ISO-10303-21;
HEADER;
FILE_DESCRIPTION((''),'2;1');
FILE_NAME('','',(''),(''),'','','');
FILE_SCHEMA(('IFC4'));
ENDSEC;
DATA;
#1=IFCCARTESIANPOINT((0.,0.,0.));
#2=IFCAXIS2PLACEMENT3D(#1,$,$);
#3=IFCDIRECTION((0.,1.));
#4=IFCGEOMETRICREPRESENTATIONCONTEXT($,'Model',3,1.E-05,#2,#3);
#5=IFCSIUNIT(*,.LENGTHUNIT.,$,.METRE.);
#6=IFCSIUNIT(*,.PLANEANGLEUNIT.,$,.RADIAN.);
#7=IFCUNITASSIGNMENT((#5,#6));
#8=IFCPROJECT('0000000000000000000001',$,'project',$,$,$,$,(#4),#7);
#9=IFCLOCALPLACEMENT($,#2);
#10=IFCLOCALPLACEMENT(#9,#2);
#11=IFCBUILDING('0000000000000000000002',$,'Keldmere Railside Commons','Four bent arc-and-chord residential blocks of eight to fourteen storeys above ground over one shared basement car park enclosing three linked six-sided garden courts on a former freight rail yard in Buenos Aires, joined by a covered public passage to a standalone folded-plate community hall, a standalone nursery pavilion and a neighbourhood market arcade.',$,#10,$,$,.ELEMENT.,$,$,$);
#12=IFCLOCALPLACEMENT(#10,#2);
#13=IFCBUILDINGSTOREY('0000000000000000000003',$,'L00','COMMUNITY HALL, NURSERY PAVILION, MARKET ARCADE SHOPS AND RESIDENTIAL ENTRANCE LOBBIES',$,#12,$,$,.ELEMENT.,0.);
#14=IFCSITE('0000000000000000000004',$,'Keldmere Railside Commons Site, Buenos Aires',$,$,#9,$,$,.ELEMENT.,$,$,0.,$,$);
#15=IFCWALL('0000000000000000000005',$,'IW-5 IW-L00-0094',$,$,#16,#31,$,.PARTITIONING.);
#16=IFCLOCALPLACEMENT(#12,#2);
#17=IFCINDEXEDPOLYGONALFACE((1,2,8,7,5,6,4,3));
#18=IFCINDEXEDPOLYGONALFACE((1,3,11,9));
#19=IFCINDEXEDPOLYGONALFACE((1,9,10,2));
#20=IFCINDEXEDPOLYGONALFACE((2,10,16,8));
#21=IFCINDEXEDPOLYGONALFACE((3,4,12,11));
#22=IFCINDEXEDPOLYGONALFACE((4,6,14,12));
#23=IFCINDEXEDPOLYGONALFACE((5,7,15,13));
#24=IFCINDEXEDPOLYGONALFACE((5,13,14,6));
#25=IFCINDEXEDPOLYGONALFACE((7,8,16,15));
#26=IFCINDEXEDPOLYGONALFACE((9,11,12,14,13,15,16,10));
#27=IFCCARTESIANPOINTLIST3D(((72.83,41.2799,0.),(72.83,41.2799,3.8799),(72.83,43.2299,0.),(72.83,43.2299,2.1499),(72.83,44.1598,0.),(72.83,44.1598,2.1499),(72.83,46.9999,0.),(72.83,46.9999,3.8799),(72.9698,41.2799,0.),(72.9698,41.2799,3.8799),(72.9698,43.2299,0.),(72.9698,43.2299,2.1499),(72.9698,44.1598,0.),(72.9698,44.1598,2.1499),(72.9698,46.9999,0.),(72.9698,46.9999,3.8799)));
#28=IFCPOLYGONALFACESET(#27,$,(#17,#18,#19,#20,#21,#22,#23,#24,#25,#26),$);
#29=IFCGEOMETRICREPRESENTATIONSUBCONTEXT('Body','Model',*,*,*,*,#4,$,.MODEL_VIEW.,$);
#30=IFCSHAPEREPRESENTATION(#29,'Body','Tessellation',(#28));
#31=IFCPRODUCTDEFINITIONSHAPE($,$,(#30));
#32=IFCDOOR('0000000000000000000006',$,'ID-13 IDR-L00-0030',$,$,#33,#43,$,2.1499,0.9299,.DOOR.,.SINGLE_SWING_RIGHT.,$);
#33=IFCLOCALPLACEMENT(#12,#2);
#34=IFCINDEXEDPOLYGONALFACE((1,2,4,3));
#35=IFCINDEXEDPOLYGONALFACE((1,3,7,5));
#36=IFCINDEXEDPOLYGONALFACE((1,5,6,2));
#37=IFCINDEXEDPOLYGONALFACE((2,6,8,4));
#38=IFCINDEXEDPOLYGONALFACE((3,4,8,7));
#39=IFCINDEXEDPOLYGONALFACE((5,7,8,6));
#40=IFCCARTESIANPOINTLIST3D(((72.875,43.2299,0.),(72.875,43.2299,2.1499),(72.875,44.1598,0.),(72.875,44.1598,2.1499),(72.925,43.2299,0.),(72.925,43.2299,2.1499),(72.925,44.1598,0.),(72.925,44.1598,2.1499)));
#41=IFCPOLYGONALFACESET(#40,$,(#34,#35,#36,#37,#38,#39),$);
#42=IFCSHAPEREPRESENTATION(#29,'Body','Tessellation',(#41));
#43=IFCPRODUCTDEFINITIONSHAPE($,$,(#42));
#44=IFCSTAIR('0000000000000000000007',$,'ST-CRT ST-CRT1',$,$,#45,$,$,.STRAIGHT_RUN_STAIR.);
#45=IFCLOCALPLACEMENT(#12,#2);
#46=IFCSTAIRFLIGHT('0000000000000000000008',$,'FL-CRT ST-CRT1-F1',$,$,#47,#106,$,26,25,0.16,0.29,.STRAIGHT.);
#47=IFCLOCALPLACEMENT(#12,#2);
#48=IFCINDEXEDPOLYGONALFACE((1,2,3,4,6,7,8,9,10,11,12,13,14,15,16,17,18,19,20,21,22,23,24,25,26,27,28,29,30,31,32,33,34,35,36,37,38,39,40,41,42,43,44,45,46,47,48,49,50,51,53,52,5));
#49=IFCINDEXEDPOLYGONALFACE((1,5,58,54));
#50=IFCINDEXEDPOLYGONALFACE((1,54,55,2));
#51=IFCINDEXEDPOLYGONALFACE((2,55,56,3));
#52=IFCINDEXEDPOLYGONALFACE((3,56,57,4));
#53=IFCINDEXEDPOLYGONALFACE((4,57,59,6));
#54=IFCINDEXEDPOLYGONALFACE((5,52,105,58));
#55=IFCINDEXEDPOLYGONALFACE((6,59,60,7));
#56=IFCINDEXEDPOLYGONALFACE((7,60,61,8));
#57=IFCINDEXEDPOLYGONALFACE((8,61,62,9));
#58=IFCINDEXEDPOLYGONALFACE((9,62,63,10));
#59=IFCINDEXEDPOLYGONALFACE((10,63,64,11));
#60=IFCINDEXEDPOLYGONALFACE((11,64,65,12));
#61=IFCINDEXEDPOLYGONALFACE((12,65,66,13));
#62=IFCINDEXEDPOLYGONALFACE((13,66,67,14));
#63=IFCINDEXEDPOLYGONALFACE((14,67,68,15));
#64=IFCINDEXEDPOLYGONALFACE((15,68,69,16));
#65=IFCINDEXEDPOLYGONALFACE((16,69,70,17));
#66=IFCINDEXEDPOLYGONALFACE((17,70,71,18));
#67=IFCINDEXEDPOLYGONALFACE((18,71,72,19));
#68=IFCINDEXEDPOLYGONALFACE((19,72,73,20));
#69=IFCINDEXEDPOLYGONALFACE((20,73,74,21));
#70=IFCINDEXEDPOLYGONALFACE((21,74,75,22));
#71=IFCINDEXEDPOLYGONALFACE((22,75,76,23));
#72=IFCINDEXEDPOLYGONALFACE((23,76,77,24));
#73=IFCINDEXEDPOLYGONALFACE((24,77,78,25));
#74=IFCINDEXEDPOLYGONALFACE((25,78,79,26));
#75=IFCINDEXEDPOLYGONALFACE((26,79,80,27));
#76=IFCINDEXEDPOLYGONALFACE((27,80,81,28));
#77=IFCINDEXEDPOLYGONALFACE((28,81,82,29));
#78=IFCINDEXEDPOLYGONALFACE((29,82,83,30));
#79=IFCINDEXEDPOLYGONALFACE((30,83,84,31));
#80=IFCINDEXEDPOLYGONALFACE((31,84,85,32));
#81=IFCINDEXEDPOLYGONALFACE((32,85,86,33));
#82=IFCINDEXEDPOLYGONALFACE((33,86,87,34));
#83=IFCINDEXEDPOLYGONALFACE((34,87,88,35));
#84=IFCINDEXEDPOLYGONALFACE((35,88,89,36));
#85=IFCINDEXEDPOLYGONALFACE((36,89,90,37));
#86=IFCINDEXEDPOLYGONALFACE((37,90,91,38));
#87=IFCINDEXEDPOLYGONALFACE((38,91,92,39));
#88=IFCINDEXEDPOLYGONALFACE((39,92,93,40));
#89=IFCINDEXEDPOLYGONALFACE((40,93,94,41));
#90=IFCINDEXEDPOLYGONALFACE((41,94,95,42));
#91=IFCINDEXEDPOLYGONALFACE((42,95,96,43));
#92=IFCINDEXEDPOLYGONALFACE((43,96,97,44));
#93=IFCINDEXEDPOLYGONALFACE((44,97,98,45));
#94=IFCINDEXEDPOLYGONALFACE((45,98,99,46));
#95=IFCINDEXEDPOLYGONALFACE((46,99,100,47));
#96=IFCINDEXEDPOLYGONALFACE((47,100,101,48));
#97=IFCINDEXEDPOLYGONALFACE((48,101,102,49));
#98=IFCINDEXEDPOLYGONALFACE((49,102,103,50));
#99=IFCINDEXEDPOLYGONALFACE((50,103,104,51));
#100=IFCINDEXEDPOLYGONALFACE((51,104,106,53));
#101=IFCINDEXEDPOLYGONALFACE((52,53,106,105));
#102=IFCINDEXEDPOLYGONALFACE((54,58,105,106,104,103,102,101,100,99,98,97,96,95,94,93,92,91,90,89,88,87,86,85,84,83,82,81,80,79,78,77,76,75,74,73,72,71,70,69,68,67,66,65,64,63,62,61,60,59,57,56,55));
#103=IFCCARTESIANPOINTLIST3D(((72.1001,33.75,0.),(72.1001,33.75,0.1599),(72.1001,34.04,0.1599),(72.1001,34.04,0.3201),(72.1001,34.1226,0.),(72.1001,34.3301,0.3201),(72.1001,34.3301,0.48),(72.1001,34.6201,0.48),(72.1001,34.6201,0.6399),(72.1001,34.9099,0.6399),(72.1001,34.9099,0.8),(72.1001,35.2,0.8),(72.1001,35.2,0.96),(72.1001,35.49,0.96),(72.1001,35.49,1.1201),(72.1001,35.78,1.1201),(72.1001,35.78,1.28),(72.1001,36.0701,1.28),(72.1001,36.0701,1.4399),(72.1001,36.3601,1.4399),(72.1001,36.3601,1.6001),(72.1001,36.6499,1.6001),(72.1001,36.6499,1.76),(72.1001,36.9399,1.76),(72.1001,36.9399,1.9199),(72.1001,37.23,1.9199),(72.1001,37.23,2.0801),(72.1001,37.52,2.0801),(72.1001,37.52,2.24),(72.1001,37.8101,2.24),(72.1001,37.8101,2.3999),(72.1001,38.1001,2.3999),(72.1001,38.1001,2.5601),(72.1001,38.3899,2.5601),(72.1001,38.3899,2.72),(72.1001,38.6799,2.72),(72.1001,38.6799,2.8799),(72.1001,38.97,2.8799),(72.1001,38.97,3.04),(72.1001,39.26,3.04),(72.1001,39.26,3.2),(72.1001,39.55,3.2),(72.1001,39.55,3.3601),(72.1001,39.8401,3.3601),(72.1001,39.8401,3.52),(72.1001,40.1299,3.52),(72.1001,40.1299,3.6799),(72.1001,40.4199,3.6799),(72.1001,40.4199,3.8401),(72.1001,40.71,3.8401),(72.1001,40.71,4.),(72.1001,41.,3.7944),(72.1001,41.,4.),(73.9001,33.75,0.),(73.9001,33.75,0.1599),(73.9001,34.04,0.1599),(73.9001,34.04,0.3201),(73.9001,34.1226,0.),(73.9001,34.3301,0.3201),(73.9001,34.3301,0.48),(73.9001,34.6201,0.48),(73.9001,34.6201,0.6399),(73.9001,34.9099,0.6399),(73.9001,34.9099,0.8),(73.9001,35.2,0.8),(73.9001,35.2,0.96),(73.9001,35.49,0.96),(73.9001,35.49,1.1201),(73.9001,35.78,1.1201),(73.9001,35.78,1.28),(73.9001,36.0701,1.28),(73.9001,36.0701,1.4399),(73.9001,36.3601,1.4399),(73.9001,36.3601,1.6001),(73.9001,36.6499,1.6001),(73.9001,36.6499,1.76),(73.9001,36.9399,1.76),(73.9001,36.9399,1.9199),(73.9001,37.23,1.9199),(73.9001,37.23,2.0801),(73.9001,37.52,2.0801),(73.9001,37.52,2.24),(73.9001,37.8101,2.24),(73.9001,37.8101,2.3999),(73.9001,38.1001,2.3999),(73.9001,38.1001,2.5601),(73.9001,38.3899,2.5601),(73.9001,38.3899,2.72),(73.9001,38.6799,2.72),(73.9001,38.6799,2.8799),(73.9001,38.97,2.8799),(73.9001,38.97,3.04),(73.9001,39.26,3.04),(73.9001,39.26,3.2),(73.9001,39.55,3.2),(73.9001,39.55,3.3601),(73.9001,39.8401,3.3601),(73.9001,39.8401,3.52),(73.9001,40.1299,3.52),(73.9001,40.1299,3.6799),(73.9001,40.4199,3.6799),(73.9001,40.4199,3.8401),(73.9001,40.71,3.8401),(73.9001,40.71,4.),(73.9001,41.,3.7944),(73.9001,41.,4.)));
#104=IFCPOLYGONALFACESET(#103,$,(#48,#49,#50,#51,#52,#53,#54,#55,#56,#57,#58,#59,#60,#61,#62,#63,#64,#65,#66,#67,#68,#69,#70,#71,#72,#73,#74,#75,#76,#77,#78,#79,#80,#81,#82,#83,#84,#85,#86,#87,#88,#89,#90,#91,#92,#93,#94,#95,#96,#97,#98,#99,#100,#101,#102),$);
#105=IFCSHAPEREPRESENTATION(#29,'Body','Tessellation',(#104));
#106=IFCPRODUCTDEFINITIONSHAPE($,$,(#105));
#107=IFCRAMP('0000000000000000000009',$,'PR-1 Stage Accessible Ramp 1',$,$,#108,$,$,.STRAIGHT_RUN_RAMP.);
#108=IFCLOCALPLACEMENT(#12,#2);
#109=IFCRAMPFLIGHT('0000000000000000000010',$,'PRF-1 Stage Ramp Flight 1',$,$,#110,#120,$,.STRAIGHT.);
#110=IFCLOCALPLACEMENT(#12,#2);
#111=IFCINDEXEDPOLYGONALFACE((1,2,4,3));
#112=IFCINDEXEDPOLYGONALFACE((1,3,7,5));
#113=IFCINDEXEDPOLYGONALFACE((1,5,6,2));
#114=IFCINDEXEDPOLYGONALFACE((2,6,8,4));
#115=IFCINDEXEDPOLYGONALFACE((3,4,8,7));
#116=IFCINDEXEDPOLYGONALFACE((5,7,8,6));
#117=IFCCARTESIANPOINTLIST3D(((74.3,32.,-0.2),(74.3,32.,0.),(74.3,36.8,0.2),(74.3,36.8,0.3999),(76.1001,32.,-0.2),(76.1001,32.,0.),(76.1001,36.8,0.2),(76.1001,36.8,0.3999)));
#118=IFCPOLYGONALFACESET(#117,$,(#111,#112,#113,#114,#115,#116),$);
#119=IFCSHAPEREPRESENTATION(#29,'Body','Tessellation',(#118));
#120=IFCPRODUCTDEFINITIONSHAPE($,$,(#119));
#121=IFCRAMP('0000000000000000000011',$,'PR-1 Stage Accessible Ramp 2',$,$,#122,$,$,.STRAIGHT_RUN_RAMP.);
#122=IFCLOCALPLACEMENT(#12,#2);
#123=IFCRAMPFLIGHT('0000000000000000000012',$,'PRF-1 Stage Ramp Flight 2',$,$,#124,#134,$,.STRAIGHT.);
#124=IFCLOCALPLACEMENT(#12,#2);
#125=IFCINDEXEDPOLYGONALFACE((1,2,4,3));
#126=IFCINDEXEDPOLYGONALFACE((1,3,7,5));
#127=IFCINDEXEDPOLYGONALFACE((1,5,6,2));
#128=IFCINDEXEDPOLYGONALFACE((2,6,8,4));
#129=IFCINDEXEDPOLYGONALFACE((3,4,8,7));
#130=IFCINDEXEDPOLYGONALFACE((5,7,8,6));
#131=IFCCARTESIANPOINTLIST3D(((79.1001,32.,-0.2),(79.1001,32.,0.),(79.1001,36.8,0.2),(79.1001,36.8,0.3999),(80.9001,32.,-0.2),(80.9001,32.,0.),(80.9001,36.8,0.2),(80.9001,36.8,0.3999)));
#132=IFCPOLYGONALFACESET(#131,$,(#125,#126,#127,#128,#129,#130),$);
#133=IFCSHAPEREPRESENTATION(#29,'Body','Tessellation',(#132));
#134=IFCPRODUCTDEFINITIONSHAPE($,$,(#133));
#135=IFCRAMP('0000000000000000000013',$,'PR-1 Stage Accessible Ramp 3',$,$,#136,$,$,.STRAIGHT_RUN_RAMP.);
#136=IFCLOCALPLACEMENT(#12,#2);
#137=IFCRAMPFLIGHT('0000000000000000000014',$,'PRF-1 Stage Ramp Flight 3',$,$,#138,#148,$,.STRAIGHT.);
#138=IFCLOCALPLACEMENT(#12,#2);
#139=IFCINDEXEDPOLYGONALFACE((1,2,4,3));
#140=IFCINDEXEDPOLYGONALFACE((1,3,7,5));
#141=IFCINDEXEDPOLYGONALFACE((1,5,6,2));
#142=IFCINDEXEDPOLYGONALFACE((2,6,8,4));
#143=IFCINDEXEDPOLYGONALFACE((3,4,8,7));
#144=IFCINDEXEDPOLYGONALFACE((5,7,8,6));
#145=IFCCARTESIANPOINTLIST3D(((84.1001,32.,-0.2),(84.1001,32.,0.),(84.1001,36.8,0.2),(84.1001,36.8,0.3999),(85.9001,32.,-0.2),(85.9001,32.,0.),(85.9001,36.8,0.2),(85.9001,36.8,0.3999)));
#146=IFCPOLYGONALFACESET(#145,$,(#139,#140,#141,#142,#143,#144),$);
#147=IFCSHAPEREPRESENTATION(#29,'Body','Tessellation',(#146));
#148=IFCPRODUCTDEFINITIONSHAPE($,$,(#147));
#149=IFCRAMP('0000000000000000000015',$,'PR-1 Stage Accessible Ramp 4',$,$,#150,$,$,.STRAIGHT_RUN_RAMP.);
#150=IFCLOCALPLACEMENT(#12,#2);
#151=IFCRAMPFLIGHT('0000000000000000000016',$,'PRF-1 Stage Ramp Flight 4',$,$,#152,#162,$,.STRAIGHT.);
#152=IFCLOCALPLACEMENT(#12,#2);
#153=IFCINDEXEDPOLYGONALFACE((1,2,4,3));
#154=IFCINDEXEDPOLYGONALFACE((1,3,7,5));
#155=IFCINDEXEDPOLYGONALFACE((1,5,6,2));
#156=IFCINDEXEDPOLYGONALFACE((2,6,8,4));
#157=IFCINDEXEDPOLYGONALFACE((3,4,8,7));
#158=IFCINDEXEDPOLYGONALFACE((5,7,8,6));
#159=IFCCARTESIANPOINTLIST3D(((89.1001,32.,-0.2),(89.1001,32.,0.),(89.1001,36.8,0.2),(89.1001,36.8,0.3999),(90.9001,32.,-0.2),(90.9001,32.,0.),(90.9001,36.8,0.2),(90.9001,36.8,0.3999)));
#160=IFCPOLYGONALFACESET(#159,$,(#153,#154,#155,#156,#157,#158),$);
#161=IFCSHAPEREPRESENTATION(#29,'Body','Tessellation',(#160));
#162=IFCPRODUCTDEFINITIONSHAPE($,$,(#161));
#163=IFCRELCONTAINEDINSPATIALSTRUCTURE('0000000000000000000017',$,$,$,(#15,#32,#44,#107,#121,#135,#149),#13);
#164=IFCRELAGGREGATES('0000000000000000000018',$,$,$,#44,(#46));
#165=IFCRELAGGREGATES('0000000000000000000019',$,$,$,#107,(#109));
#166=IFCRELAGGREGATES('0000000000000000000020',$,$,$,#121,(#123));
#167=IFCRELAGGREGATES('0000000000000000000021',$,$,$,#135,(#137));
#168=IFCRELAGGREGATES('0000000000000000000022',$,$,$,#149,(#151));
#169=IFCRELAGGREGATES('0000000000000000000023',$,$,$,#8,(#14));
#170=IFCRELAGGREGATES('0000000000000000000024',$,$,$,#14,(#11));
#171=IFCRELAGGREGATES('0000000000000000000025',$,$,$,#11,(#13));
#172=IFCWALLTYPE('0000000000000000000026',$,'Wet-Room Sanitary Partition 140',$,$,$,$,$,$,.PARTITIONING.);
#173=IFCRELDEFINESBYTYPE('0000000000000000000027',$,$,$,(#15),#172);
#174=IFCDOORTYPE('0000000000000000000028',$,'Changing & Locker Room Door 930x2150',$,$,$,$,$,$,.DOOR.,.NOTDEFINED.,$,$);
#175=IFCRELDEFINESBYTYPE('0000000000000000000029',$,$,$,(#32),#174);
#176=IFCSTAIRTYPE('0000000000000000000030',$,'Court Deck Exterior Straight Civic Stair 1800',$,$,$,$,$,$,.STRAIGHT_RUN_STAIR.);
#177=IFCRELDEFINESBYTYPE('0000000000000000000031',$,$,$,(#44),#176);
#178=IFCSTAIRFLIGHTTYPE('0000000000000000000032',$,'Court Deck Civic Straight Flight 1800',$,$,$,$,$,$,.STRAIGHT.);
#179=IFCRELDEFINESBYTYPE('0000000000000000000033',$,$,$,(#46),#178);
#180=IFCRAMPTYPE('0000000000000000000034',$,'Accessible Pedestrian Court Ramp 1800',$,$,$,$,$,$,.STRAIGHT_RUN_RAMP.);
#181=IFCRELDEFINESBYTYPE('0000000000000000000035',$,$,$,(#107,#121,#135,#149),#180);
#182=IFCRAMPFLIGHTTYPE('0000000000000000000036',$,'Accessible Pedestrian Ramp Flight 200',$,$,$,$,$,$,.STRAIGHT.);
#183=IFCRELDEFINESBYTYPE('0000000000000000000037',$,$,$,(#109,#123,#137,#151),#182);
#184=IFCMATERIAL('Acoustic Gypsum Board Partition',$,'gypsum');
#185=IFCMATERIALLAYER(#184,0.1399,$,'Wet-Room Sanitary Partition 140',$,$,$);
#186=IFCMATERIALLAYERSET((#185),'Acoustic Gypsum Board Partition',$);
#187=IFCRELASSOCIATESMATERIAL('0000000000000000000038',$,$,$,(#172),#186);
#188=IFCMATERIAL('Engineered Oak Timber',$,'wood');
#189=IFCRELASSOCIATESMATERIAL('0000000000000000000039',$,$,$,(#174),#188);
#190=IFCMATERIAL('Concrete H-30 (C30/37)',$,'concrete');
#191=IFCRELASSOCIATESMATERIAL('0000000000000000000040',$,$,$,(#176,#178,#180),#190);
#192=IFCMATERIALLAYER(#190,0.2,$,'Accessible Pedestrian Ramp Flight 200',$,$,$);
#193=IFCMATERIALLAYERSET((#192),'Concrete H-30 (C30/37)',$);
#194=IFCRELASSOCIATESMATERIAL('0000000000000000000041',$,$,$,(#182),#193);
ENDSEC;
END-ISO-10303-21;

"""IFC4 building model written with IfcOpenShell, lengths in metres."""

from ifc_helpers import new_model, si_unit, direction, frame, frame_2d, origin, place, context, subcontext, project, spatial, polyline, rectangle, outline, extrude, material, layer, layer_set, type_object, element, fill, aggregate, save


model = new_model("IFC4")

# Units and contexts
model_context = context("Model", 3, precision=1e-05, world=origin(), true_north=direction((0.0, 1.0)))
body_context = subcontext(model_context, "Body", "Model", "MODEL_VIEW")
ifc_project = project(units=[si_unit("LENGTHUNIT", "METRE"), si_unit("PLANEANGLEUNIT", "RADIAN")], contexts=[model_context])

# Site, building, storey
site_placement = place(None, origin())
site = spatial("IfcSite", under=ifc_project, at=site_placement, Name="Keldmere Railside Commons Site, Buenos Aires", CompositionType="ELEMENT", RefElevation=0.0)
building_placement = place(site_placement, origin())
building = spatial("IfcBuilding", under=site, at=building_placement, Name="Keldmere Railside Commons", Description="Four bent arc-and-chord residential blocks of eight to fourteen storeys above ground over one shared basement car park enclosing three linked six-sided garden courts on a former freight rail yard in Buenos Aires, joined by a covered public passage to a standalone folded-plate community hall, a standalone nursery pavilion and a neighbourhood market arcade.", CompositionType="ELEMENT")
storey_placement = place(building_placement, origin())
storey = spatial("IfcBuildingStorey", under=building, at=storey_placement, Name="L00", Description="COMMUNITY HALL, NURSERY PAVILION, MARKET ARCADE SHOPS AND RESIDENTIAL ENTRANCE LOBBIES", CompositionType="ELEMENT", Elevation=0.0)

# Wall, opening, door
ifc_material_1 = material(Name="Acoustic Gypsum Board Partition", Category="gypsum")
ifc_layer_1 = layer(ifc_material_1, 0.1399, Name="Wet-Room Sanitary Partition 140")
ifc_layer_set_1 = layer_set([ifc_layer_1], Name="Acoustic Gypsum Board Partition")
wall_type_1 = type_object("IfcWallType", Name="Wet-Room Sanitary Partition 140", PredefinedType="PARTITIONING", material=ifc_layer_set_1)
wall_1_placement = place(storey_placement, frame((72.8999, 41.28, 0.0), z_axis=(0.0, 0.0, 1.0), x_axis=(0.0, 1.0, 0.0)))
wall_1 = element("IfcWall", 1, at=wall_1_placement, inside=storey, type_object=wall_type_1, Name="IW-5 IW-L00-0094", PredefinedType="PARTITIONING", context=body_context, shape_type="SweptSolid", body=[
    extrude(rectangle(XDim=5.72, YDim=0.1399, at=frame_2d((2.8599, 0.0))), origin(), (0.0, 0.0, 1.0), 3.8799),
])
opening_placement = place(wall_1_placement, frame((1.95, 0.0, 0.0)))
opening = element("IfcOpeningElement", 2, at=opening_placement, cuts=wall_1, PredefinedType="OPENING", context=body_context, shape_type="SweptSolid", body=[
    extrude(rectangle(XDim=0.9299, YDim=2.1499, at=frame_2d((0.4648, 1.075))), frame((0.0, 0.0798, 0.0), z_axis=(0.0, -1.0, 0.0), x_axis=(1.0, 0.0, 0.0)), (0.0, 0.0, 1.0), 0.1599),
])
ifc_material_2 = material(Name="Engineered Oak Timber", Category="wood")
door_type = type_object("IfcDoorType", Name="Changing & Locker Room Door 930x2150", OperationType="NOTDEFINED", PredefinedType="DOOR", material=ifc_material_2)
door_placement = place(opening_placement, origin())
door = element("IfcDoor", 3, at=door_placement, inside=storey, type_object=door_type, Name="ID-13 IDR-L00-0030", OperationType="SINGLE_SWING_RIGHT", OverallHeight=2.1499, OverallWidth=0.9299, PredefinedType="DOOR", context=body_context, shape_type="SweptSolid", body=[
    extrude(rectangle(XDim=0.9299, YDim=2.1499, at=frame_2d((0.4648, 1.075))), frame((0.0, 0.0249, 0.0), z_axis=(0.0, -1.0, 0.0), x_axis=(1.0, 0.0, 0.0)), (0.0, 0.0, 1.0), 0.05),
])
fill(opening, door)

# Stair, stair flight
ifc_material_3 = material(Name="Concrete H-30 (C30/37)", Category="concrete")
stair_type = type_object("IfcStairType", Name="Court Deck Exterior Straight Civic Stair 1800", PredefinedType="STRAIGHT_RUN_STAIR", material=ifc_material_3)
stair_placement = place(storey_placement, origin())
stair = element("IfcStair", 4, at=stair_placement, inside=storey, type_object=stair_type, Name="ST-CRT ST-CRT1", PredefinedType="STRAIGHT_RUN_STAIR")
stair_flight_type = type_object("IfcStairFlightType", Name="Court Deck Civic Straight Flight 1800", PredefinedType="STRAIGHT", material=ifc_material_3)
stair_flight_placement = place(storey_placement, frame((73.0, 33.75, 0.0), z_axis=(0.0, 0.0, 1.0), x_axis=(0.0, 1.0, 0.0)))
stair_flight = element("IfcStairFlight", 5, at=stair_flight_placement, type_object=stair_flight_type, Name="FL-CRT ST-CRT1-F1", NumberOfRisers=26, NumberOfTreads=25, PredefinedType="STRAIGHT", RiserHeight=0.16, TreadLength=0.29, context=body_context, shape_type="SweptSolid", body=[
    extrude(outline(polyline([(0.0, 0.0), (0.0, 0.1599), (0.29, 0.1599), (0.29, 0.3201), (0.5801, 0.3201), (0.5801, 0.48), (0.8701, 0.48), (0.8701, 0.6399), (1.1599, 0.6399), (1.1599, 0.8), (1.45, 0.8), (1.45, 0.96), (1.74, 0.96), (1.74, 1.1201), (2.03, 1.1201), (2.03, 1.28), (2.3201, 1.28), (2.3201, 1.4399), (2.6101, 1.4399), (2.6101, 1.6001), (2.8999, 1.6001), (2.8999, 1.76), (3.1899, 1.76), (3.1899, 1.9199), (3.48, 1.9199), (3.48, 2.0801), (3.77, 2.0801), (3.77, 2.24), (4.0601, 2.24), (4.0601, 2.3999), (4.3501, 2.3999), (4.3501, 2.5601), (4.6399, 2.5601), (4.6399, 2.72), (4.9299, 2.72), (4.9299, 2.8799), (5.22, 2.8799), (5.22, 3.04), (5.51, 3.04), (5.51, 3.2), (5.8, 3.2), (5.8, 3.3601), (6.0901, 3.3601), (6.0901, 3.52), (6.3799, 3.52), (6.3799, 3.6799), (6.6699, 3.6799), (6.6699, 3.8401), (6.96, 3.8401), (6.96, 4.0), (7.25, 4.0), (7.25, 4.1599), (7.25, 3.7944), (0.3726, 0.0), (0.0, 0.0)])), frame((0.0, 0.8999, 0.0), z_axis=(0.0, -1.0, 0.0), x_axis=(1.0, 0.0, 0.0)), (0.0, 0.0, 1.0), 1.8),
])
aggregate(stair, [stair_flight])

# Ramps, ramp flights
ramp_type = type_object("IfcRampType", Name="Accessible Pedestrian Court Ramp 1800", PredefinedType="STRAIGHT_RUN_RAMP", material=ifc_material_3)
ramp_1_placement = place(storey_placement, origin())
ramp_1 = element("IfcRamp", 6, at=ramp_1_placement, inside=storey, type_object=ramp_type, Name="PR-1 Stage Accessible Ramp 1", PredefinedType="STRAIGHT_RUN_RAMP")
ifc_layer_2 = layer(ifc_material_3, 0.2, Name="Accessible Pedestrian Ramp Flight 200")
ifc_layer_set_2 = layer_set([ifc_layer_2], Name="Concrete H-30 (C30/37)")
ramp_flight_type = type_object("IfcRampFlightType", Name="Accessible Pedestrian Ramp Flight 200", PredefinedType="STRAIGHT", material=ifc_layer_set_2)
ramp_flight_1_placement = place(storey_placement, frame((75.2, 32.0, 0.0), z_axis=(0.0, 0.0, 1.0), x_axis=(0.0, 1.0, 0.0)))
ramp_flight_1 = element("IfcRampFlight", 7, at=ramp_flight_1_placement, type_object=ramp_flight_type, Name="PRF-1 Stage Ramp Flight 1", PredefinedType="STRAIGHT", context=body_context, shape_type="SweptSolid", body=[
    extrude(outline(polyline([(0.0, 0.0), (0.0, -0.2), (4.8, 0.2), (4.8, 0.3999), (0.0, 0.0)])), frame((0.0, 0.8999, 0.0), z_axis=(0.0, -1.0, 0.0), x_axis=(1.0, 0.0, 0.0)), (0.0, 0.0, 1.0), 1.8),
])
aggregate(ramp_1, [ramp_flight_1])
ramp_2_placement = place(storey_placement, origin())
ramp_2 = element("IfcRamp", 8, at=ramp_2_placement, inside=storey, type_object=ramp_type, Name="PR-1 Stage Accessible Ramp 2", PredefinedType="STRAIGHT_RUN_RAMP")
ramp_flight_2_placement = place(storey_placement, frame((80.0, 32.0, 0.0), z_axis=(0.0, 0.0, 1.0), x_axis=(0.0, 1.0, 0.0)))
ramp_flight_2 = element("IfcRampFlight", 9, at=ramp_flight_2_placement, type_object=ramp_flight_type, Name="PRF-1 Stage Ramp Flight 2", PredefinedType="STRAIGHT", context=body_context, shape_type="SweptSolid", body=[
    extrude(outline(polyline([(0.0, 0.0), (0.0, -0.2), (4.8, 0.2), (4.8, 0.3999), (0.0, 0.0)])), frame((0.0, 0.8999, 0.0), z_axis=(0.0, -1.0, 0.0), x_axis=(1.0, 0.0, 0.0)), (0.0, 0.0, 1.0), 1.8),
])
aggregate(ramp_2, [ramp_flight_2])
ramp_3_placement = place(storey_placement, origin())
ramp_3 = element("IfcRamp", 10, at=ramp_3_placement, inside=storey, type_object=ramp_type, Name="PR-1 Stage Accessible Ramp 3", PredefinedType="STRAIGHT_RUN_RAMP")
ramp_flight_3_placement = place(storey_placement, frame((85.0, 32.0, 0.0), z_axis=(0.0, 0.0, 1.0), x_axis=(0.0, 1.0, 0.0)))
ramp_flight_3 = element("IfcRampFlight", 11, at=ramp_flight_3_placement, type_object=ramp_flight_type, Name="PRF-1 Stage Ramp Flight 3", PredefinedType="STRAIGHT", context=body_context, shape_type="SweptSolid", body=[
    extrude(outline(polyline([(0.0, 0.0), (0.0, -0.2), (4.8, 0.2), (4.8, 0.3999), (0.0, 0.0)])), frame((0.0, 0.8999, 0.0), z_axis=(0.0, -1.0, 0.0), x_axis=(1.0, 0.0, 0.0)), (0.0, 0.0, 1.0), 1.8),
])
aggregate(ramp_3, [ramp_flight_3])
ramp_4_placement = place(storey_placement, origin())
ramp_4 = element("IfcRamp", 12, at=ramp_4_placement, inside=storey, type_object=ramp_type, Name="PR-1 Stage Accessible Ramp 4", PredefinedType="STRAIGHT_RUN_RAMP")
ramp_flight_4_placement = place(storey_placement, frame((90.0, 32.0, 0.0), z_axis=(0.0, 0.0, 1.0), x_axis=(0.0, 1.0, 0.0)))
ramp_flight_4 = element("IfcRampFlight", 13, at=ramp_flight_4_placement, type_object=ramp_flight_type, Name="PRF-1 Stage Ramp Flight 4", PredefinedType="STRAIGHT", context=body_context, shape_type="SweptSolid", body=[
    extrude(outline(polyline([(0.0, 0.0), (0.0, -0.2), (4.8, 0.2), (4.8, 0.3999), (0.0, 0.0)])), frame((0.0, 0.8999, 0.0), z_axis=(0.0, -1.0, 0.0), x_axis=(1.0, 0.0, 0.0)), (0.0, 0.0, 1.0), 1.8),
])
aggregate(ramp_4, [ramp_flight_4])

save(model, "model.ifc")
